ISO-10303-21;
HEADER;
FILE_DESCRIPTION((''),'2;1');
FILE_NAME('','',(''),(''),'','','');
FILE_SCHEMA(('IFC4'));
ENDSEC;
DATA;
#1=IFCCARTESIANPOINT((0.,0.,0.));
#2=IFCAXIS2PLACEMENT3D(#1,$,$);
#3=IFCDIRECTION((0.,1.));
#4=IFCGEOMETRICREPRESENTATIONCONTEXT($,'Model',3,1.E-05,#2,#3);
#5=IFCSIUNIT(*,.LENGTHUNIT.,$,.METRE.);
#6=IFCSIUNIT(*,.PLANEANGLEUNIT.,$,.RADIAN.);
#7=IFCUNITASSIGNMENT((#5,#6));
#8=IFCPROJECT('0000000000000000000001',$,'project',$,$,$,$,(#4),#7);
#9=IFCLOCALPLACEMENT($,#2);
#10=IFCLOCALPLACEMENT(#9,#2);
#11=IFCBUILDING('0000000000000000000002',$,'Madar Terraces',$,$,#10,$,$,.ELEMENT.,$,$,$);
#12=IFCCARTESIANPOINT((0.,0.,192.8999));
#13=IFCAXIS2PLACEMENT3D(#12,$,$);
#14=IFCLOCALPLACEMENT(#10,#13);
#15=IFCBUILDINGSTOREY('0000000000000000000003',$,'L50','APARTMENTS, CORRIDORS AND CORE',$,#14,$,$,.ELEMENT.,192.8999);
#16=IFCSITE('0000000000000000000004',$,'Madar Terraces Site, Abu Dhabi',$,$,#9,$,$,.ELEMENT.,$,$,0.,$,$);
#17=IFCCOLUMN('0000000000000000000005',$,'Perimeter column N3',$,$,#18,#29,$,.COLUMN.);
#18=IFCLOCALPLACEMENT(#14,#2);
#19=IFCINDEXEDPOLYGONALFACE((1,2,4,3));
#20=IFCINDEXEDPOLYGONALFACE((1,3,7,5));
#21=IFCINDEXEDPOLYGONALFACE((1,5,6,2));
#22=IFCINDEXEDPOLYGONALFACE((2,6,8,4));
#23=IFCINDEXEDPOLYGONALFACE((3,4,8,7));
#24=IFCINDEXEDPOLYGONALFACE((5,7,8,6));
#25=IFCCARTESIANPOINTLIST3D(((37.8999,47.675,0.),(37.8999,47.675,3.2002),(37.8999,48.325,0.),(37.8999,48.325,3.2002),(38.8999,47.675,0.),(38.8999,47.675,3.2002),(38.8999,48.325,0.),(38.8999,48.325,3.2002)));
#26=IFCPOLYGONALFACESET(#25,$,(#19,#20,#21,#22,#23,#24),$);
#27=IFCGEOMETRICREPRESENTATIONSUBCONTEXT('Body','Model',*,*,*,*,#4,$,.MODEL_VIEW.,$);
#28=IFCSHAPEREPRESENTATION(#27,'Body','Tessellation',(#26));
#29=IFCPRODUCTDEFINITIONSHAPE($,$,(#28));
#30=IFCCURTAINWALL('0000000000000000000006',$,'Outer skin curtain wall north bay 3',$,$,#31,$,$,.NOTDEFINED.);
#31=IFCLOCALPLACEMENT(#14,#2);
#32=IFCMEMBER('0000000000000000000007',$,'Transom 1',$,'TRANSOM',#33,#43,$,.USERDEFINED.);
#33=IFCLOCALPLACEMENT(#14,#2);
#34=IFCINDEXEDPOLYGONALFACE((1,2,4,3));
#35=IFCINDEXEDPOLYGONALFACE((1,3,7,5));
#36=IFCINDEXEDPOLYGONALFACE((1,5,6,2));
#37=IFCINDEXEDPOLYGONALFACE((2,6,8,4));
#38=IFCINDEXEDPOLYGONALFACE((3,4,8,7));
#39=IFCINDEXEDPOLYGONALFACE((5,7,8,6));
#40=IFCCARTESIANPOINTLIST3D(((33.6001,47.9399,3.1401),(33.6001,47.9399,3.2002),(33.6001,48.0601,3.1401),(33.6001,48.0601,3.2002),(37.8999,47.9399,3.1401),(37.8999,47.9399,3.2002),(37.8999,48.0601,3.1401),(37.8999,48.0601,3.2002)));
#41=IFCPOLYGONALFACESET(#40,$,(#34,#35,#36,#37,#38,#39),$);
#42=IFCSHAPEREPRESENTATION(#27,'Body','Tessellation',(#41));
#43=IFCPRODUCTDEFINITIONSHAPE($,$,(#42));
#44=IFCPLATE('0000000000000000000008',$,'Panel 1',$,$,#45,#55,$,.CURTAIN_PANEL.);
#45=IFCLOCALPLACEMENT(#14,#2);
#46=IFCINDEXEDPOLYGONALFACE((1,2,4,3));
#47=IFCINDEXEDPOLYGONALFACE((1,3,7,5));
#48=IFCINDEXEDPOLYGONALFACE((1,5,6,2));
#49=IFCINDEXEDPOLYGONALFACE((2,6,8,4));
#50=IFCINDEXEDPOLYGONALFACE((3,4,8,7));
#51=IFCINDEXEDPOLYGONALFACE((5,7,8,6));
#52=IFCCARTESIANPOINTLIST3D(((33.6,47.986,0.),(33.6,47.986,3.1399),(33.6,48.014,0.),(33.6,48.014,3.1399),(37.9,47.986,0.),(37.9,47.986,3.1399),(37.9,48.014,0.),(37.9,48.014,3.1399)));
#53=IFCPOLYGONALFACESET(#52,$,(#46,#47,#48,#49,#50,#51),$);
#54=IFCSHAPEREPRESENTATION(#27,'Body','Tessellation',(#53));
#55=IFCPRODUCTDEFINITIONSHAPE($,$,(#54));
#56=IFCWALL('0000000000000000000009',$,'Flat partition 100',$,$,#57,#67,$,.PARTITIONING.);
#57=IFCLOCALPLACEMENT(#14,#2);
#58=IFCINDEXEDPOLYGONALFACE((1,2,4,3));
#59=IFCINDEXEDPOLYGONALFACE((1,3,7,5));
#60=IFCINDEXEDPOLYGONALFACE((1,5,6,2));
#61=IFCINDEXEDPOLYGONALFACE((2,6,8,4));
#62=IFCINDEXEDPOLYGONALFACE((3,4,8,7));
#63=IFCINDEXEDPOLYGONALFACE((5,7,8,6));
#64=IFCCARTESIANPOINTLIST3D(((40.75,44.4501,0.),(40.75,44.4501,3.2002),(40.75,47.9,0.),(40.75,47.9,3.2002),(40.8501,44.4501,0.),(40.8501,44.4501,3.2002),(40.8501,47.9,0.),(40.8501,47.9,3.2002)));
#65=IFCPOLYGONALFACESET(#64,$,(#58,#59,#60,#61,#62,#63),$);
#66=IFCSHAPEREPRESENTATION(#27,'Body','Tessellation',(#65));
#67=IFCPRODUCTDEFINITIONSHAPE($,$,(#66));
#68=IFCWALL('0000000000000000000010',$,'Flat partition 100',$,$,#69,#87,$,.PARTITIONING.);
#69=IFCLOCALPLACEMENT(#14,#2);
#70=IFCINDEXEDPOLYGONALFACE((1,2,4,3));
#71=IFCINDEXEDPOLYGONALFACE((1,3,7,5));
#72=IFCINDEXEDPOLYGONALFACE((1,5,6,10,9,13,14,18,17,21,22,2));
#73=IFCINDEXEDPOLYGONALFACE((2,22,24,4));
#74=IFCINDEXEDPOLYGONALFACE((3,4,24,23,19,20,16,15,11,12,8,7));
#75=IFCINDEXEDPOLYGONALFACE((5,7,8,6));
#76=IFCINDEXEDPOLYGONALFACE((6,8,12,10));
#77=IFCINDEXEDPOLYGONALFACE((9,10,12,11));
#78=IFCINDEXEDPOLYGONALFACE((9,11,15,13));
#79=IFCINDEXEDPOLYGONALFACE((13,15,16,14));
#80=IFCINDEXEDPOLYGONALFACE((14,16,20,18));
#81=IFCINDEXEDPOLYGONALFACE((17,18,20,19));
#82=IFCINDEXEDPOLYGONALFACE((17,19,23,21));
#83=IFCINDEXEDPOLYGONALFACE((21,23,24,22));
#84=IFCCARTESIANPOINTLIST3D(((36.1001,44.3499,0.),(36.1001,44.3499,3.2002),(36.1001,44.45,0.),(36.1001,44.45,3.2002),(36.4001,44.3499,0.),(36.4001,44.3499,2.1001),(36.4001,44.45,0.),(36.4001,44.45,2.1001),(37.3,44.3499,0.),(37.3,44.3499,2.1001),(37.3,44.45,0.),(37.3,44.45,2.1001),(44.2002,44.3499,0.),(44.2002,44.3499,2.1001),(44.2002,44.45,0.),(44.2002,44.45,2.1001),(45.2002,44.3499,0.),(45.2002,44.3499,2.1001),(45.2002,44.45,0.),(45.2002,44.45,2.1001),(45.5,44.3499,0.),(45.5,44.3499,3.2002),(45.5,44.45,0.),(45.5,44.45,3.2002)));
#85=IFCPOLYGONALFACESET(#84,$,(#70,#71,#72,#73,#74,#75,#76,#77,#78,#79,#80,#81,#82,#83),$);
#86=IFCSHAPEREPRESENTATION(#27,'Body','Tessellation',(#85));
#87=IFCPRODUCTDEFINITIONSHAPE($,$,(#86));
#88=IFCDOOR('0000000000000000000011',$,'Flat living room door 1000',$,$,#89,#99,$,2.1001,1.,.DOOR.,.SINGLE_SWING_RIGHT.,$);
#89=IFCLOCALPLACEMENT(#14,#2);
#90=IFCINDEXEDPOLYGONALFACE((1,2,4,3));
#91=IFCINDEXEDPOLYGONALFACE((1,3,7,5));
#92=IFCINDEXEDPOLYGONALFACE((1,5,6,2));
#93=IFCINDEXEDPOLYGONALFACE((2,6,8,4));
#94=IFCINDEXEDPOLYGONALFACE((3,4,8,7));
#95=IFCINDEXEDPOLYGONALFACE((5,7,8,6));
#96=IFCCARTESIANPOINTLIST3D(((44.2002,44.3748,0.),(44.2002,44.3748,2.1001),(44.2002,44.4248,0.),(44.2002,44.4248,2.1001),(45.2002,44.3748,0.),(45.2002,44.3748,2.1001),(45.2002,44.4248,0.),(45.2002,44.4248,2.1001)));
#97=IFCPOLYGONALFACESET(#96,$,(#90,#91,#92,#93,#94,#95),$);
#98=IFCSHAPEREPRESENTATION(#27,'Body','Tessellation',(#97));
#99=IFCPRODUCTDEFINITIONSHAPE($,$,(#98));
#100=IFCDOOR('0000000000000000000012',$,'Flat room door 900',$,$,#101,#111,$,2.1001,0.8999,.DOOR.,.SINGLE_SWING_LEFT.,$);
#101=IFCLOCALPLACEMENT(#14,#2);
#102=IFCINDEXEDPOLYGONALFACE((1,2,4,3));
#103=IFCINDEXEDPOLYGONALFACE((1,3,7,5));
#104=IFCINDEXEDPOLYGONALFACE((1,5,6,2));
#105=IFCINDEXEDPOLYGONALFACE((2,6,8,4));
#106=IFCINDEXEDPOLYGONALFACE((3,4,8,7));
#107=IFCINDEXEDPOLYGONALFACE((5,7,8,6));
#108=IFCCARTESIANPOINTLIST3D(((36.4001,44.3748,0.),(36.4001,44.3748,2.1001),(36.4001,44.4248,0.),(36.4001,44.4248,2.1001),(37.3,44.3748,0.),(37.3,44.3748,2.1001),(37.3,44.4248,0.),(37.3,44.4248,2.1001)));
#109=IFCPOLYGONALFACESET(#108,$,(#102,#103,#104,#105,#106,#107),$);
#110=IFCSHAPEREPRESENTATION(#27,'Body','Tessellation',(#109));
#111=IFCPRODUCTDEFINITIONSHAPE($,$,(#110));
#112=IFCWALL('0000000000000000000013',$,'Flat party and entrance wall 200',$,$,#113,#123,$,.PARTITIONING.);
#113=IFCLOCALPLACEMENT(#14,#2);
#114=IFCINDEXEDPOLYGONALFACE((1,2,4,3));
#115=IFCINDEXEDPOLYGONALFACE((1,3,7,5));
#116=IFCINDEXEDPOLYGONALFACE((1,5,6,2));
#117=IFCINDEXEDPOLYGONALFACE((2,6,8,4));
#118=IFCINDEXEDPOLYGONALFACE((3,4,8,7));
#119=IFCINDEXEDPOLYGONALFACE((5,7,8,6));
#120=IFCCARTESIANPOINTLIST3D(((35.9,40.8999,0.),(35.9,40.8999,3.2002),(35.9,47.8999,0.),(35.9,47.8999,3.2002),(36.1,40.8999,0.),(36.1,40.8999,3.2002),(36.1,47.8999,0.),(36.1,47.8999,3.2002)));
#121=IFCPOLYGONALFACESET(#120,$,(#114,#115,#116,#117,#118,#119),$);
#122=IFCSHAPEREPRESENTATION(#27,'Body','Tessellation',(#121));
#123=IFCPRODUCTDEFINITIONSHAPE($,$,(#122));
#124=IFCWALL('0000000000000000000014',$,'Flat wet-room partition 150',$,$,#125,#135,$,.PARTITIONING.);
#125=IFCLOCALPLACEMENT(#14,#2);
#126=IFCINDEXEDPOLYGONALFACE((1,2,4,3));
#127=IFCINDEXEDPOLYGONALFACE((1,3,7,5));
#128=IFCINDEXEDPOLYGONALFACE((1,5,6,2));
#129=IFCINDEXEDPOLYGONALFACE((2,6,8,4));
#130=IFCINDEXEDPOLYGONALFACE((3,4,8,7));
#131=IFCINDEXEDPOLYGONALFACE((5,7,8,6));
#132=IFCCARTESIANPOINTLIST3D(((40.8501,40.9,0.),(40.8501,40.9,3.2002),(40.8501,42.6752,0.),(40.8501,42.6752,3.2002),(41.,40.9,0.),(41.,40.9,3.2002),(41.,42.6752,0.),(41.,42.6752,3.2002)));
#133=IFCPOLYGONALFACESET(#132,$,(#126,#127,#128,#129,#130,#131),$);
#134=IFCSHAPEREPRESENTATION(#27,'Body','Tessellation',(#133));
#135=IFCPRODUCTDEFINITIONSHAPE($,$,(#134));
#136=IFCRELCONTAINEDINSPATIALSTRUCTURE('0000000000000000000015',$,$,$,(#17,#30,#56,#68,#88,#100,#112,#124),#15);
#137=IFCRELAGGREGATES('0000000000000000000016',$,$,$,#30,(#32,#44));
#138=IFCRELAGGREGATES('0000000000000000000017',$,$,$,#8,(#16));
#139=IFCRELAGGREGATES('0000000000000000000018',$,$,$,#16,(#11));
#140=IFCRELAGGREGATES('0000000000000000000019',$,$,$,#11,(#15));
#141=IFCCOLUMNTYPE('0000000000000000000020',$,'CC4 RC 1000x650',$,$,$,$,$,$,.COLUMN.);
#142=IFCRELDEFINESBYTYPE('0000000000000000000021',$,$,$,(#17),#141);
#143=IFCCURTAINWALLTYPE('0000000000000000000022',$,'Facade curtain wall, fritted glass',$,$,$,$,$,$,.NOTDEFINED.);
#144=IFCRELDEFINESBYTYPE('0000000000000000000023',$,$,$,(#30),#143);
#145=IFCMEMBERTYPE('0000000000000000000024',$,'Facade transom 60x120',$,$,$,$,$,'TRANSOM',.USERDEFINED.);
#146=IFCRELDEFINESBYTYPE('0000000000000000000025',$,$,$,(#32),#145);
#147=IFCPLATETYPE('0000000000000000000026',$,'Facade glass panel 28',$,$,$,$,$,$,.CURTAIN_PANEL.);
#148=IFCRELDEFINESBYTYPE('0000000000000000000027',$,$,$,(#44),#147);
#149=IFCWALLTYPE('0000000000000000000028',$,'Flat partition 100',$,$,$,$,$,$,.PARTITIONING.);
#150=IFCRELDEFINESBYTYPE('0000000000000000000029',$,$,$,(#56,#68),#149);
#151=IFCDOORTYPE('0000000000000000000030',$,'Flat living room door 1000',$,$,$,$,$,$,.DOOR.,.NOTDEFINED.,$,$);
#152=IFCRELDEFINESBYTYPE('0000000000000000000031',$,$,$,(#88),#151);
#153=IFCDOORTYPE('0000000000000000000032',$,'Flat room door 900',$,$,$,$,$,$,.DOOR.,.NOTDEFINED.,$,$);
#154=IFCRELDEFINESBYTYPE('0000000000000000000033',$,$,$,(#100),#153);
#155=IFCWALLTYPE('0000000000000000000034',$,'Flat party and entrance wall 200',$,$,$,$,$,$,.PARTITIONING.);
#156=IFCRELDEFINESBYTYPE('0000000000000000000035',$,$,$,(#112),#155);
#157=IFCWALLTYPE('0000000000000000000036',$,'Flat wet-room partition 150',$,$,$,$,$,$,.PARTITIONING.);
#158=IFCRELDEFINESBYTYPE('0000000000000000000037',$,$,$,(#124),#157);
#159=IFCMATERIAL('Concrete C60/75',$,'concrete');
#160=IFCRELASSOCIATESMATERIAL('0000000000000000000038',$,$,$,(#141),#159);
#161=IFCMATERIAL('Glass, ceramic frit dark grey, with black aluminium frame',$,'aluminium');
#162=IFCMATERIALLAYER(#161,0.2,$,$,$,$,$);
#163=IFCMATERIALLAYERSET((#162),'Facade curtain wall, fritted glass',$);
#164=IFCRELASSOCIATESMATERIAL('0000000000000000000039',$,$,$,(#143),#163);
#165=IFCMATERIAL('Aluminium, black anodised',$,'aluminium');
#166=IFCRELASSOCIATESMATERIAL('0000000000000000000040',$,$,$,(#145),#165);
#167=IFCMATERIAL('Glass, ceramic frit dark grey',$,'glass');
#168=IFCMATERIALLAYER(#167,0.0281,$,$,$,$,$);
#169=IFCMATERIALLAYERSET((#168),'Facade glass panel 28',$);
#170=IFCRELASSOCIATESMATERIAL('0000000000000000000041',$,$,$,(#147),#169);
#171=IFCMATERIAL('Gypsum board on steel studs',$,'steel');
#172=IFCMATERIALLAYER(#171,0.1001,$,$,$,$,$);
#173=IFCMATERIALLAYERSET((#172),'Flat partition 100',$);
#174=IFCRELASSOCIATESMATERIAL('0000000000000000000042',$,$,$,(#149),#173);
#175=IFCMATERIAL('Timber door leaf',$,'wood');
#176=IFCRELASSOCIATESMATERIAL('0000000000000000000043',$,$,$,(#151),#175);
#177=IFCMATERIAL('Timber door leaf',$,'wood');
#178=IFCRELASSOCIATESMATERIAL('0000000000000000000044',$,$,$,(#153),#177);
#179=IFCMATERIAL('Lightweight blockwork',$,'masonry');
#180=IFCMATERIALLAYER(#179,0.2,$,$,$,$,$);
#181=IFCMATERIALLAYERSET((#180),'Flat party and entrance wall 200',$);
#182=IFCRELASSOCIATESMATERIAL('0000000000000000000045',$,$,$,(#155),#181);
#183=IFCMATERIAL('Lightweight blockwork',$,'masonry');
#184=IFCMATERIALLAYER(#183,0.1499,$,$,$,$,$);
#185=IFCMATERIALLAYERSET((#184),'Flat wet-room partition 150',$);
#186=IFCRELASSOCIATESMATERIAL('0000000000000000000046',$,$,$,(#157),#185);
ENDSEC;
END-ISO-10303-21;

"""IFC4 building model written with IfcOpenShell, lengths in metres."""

from ifc_helpers import new_model, si_unit, direction, frame, frame_2d, origin, origin_2d, place, context, subcontext, project, spatial, rectangle, extrude, material, layer, layer_set, material_profile, profile_set, type_object, element, fill, aggregate, save


model = new_model("IFC4")

# Units and contexts
model_context = context("Model", 3, precision=1e-05, world=origin(), true_north=direction((0.0, 1.0)))
body_context = subcontext(model_context, "Body", "Model", "MODEL_VIEW")
ifc_project = project(units=[si_unit("LENGTHUNIT", "METRE"), si_unit("PLANEANGLEUNIT", "RADIAN")], contexts=[model_context])

# Site, building, storey
site_placement = place(None, origin())
site = spatial("IfcSite", under=ifc_project, at=site_placement, Name="Madar Terraces Site, Abu Dhabi", CompositionType="ELEMENT", RefElevation=0.0)
building_placement = place(site_placement, origin())
building = spatial("IfcBuilding", under=site, at=building_placement, Name="Madar Terraces", CompositionType="ELEMENT")
storey_placement = place(building_placement, frame((0.0, 0.0, 192.8999)))
storey = spatial("IfcBuildingStorey", under=building, at=storey_placement, Name="L50", Description="APARTMENTS, CORRIDORS AND CORE", CompositionType="ELEMENT", Elevation=192.8999)

# Column
ifc_material_1 = material(Name="Concrete C60/75", Category="concrete")
ifc_material_profile_1 = material_profile(ifc_material_1, rectangle(XDim=1.0, YDim=0.6499, at=origin_2d()), Name="CC4 RC 1000x650")
ifc_profile_set_1 = profile_set([ifc_material_profile_1], Name="Concrete C60/75")
column_type = type_object("IfcColumnType", Name="CC4 RC 1000x650", PredefinedType="COLUMN", material=ifc_profile_set_1)
column_placement = place(storey_placement, frame((38.3999, 48.0, 0.0), z_axis=(0.0, 0.0, 1.0), x_axis=(1.0, 0.0, 0.0)))
element("IfcColumn", 1, at=column_placement, inside=storey, type_object=column_type, Name="Perimeter column N3", PredefinedType="COLUMN", context=body_context, shape_type="SweptSolid", body=[
    extrude(rectangle(XDim=1.0, YDim=0.6499, at=origin_2d()), origin(), (0.0, 0.0, 1.0), 3.2002),
])

# Curtain wall, member, plate
ifc_material_2 = material(Name="Glass, ceramic frit dark grey, with black aluminium frame", Category="aluminium")
ifc_layer_1 = layer(ifc_material_2, 0.2)
ifc_layer_set_1 = layer_set([ifc_layer_1], Name="Facade curtain wall, fritted glass")
curtain_wall_type = type_object("IfcCurtainWallType", Name="Facade curtain wall, fritted glass", PredefinedType="NOTDEFINED", material=ifc_layer_set_1)
curtain_wall_placement = place(storey_placement, origin())
curtain_wall = element("IfcCurtainWall", 2, at=curtain_wall_placement, inside=storey, type_object=curtain_wall_type, Name="Outer skin curtain wall north bay 3", PredefinedType="NOTDEFINED")
ifc_material_3 = material(Name="Aluminium, black anodised", Category="aluminium")
ifc_material_profile_2 = material_profile(ifc_material_3, rectangle(XDim=0.1201, YDim=0.0601, at=origin_2d()), Name="Facade transom 60x120")
ifc_profile_set_2 = profile_set([ifc_material_profile_2], Name="Aluminium, black anodised")
member_type = type_object("IfcMemberType", Name="Facade transom 60x120", ElementType="TRANSOM", PredefinedType="USERDEFINED", material=ifc_profile_set_2)
member_placement = place(storey_placement, frame((37.8999, 48.0, 3.1702), z_axis=(-1.0, 0.0, 0.0), x_axis=(0.0, -1.0, 0.0)))
member = element("IfcMember", 3, at=member_placement, type_object=member_type, Name="Transom 1", ObjectType="TRANSOM", PredefinedType="USERDEFINED", context=body_context, shape_type="SweptSolid", body=[
    extrude(rectangle(XDim=0.1201, YDim=0.0601, at=origin_2d()), origin(), (0.0, 0.0, 1.0), 4.2998),
])
ifc_material_4 = material(Name="Glass, ceramic frit dark grey", Category="glass")
ifc_layer_2 = layer(ifc_material_4, 0.0281)
ifc_layer_set_2 = layer_set([ifc_layer_2], Name="Facade glass panel 28")
plate_type = type_object("IfcPlateType", Name="Facade glass panel 28", PredefinedType="CURTAIN_PANEL", material=ifc_layer_set_2)
plate_placement = place(storey_placement, frame((35.75, 48.0, 0.0), z_axis=(0.0, 0.0, 1.0), x_axis=(-1.0, 0.0, 0.0)))
plate = element("IfcPlate", 4, at=plate_placement, type_object=plate_type, Name="Panel 1", PredefinedType="CURTAIN_PANEL", context=body_context, shape_type="SweptSolid", body=[
    extrude(rectangle(XDim=4.3, YDim=0.0281, at=origin_2d()), origin(), (0.0, 0.0, 1.0), 3.1399),
])
aggregate(curtain_wall, [member, plate])

# Wall
ifc_material_5 = material(Name="Gypsum board on steel studs", Category="steel")
ifc_layer_3 = layer(ifc_material_5, 0.1001)
ifc_layer_set_3 = layer_set([ifc_layer_3], Name="Flat partition 100")
wall_type_1 = type_object("IfcWallType", Name="Flat partition 100", PredefinedType="PARTITIONING", material=ifc_layer_set_3)
wall_1_placement = place(storey_placement, frame((40.8, 44.45, 0.0), z_axis=(0.0, 0.0, 1.0), x_axis=(0.0, 1.0, 0.0)))
element("IfcWall", 5, at=wall_1_placement, inside=storey, type_object=wall_type_1, Name="Flat partition 100", PredefinedType="PARTITIONING", context=body_context, shape_type="SweptSolid", body=[
    extrude(rectangle(XDim=3.45, YDim=0.1001, at=frame_2d((1.7251, 0.0))), origin(), (0.0, 0.0, 1.0), 3.2002),
])

# Wall, openings, doors
wall_2_placement = place(storey_placement, frame((36.1001, 44.3999, 0.0), z_axis=(0.0, 0.0, 1.0), x_axis=(1.0, 0.0, 0.0)))
wall_2 = element("IfcWall", 6, at=wall_2_placement, inside=storey, type_object=wall_type_1, Name="Flat partition 100", PredefinedType="PARTITIONING", context=body_context, shape_type="SweptSolid", body=[
    extrude(rectangle(XDim=9.3999, YDim=0.1001, at=frame_2d((4.7, 0.0))), origin(), (0.0, 0.0, 1.0), 3.2002),
])
opening_1_placement = place(wall_2_placement, frame((0.3, 0.0, 0.0)))
opening_1 = element("IfcOpeningElement", 7, at=opening_1_placement, cuts=wall_2, PredefinedType="OPENING", context=body_context, shape_type="SweptSolid", body=[
    extrude(rectangle(XDim=0.8999, YDim=2.1001, at=frame_2d((0.45, 1.05))), frame((0.0, 0.0601, 0.0), z_axis=(0.0, -1.0, 0.0), x_axis=(1.0, 0.0, 0.0)), (0.0, 0.0, 1.0), 0.1201),
])
opening_2_placement = place(wall_2_placement, frame((8.1001, 0.0, 0.0)))
opening_2 = element("IfcOpeningElement", 8, at=opening_2_placement, cuts=wall_2, PredefinedType="OPENING", context=body_context, shape_type="SweptSolid", body=[
    extrude(rectangle(XDim=1.0, YDim=2.1001, at=frame_2d((0.5, 1.05))), frame((0.0, 0.0601, 0.0), z_axis=(0.0, -1.0, 0.0), x_axis=(1.0, 0.0, 0.0)), (0.0, 0.0, 1.0), 0.1201),
])
ifc_material_6 = material(Name="Timber door leaf", Category="wood")
door_type_1 = type_object("IfcDoorType", Name="Flat living room door 1000", OperationType="NOTDEFINED", PredefinedType="DOOR", material=ifc_material_6)
door_1_placement = place(opening_2_placement, origin())
door_1 = element("IfcDoor", 9, at=door_1_placement, inside=storey, type_object=door_type_1, Name="Flat living room door 1000", OperationType="SINGLE_SWING_RIGHT", OverallHeight=2.1001, OverallWidth=1.0, PredefinedType="DOOR", context=body_context, shape_type="SweptSolid", body=[
    extrude(rectangle(XDim=1.0, YDim=2.1001, at=frame_2d((0.5, 1.05))), frame((0.0, 0.0249, 0.0), z_axis=(0.0, -1.0, 0.0), x_axis=(1.0, 0.0, 0.0)), (0.0, 0.0, 1.0), 0.05),
])
fill(opening_2, door_1)
ifc_material_7 = material(Name="Timber door leaf", Category="wood")
door_type_2 = type_object("IfcDoorType", Name="Flat room door 900", OperationType="NOTDEFINED", PredefinedType="DOOR", material=ifc_material_7)
door_2_placement = place(opening_1_placement, origin())
door_2 = element("IfcDoor", 10, at=door_2_placement, inside=storey, type_object=door_type_2, Name="Flat room door 900", OperationType="SINGLE_SWING_LEFT", OverallHeight=2.1001, OverallWidth=0.8999, PredefinedType="DOOR", context=body_context, shape_type="SweptSolid", body=[
    extrude(rectangle(XDim=0.8999, YDim=2.1001, at=frame_2d((0.45, 1.05))), frame((0.0, 0.0249, 0.0), z_axis=(0.0, -1.0, 0.0), x_axis=(1.0, 0.0, 0.0)), (0.0, 0.0, 1.0), 0.05),
])
fill(opening_1, door_2)

# Walls
ifc_material_8 = material(Name="Lightweight blockwork", Category="masonry")
ifc_layer_4 = layer(ifc_material_8, 0.2)
ifc_layer_set_4 = layer_set([ifc_layer_4], Name="Flat party and entrance wall 200")
wall_type_2 = type_object("IfcWallType", Name="Flat party and entrance wall 200", PredefinedType="PARTITIONING", material=ifc_layer_set_4)
wall_3_placement = place(storey_placement, frame((36.0, 47.8999, 0.0), z_axis=(0.0, 0.0, 1.0), x_axis=(0.0, -1.0, 0.0)))
element("IfcWall", 11, at=wall_3_placement, inside=storey, type_object=wall_type_2, Name="Flat party and entrance wall 200", PredefinedType="PARTITIONING", context=body_context, shape_type="SweptSolid", body=[
    extrude(rectangle(XDim=7.0, YDim=0.2, at=frame_2d((3.5, 0.0))), origin(), (0.0, 0.0, 1.0), 3.2002),
])
ifc_material_9 = material(Name="Lightweight blockwork", Category="masonry")
ifc_layer_5 = layer(ifc_material_9, 0.1499)
ifc_layer_set_5 = layer_set([ifc_layer_5], Name="Flat wet-room partition 150")
wall_type_3 = type_object("IfcWallType", Name="Flat wet-room partition 150", PredefinedType="PARTITIONING", material=ifc_layer_set_5)
wall_4_placement = place(storey_placement, frame((40.925, 40.8999, 0.0), z_axis=(0.0, 0.0, 1.0), x_axis=(0.0, 1.0, 0.0)))
element("IfcWall", 12, at=wall_4_placement, inside=storey, type_object=wall_type_3, Name="Flat wet-room partition 150", PredefinedType="PARTITIONING", context=body_context, shape_type="SweptSolid", body=[
    extrude(rectangle(XDim=1.7751, YDim=0.1499, at=frame_2d((0.8877, 0.0))), origin(), (0.0, 0.0, 1.0), 3.2002),
])

save(model, "model.ifc")
